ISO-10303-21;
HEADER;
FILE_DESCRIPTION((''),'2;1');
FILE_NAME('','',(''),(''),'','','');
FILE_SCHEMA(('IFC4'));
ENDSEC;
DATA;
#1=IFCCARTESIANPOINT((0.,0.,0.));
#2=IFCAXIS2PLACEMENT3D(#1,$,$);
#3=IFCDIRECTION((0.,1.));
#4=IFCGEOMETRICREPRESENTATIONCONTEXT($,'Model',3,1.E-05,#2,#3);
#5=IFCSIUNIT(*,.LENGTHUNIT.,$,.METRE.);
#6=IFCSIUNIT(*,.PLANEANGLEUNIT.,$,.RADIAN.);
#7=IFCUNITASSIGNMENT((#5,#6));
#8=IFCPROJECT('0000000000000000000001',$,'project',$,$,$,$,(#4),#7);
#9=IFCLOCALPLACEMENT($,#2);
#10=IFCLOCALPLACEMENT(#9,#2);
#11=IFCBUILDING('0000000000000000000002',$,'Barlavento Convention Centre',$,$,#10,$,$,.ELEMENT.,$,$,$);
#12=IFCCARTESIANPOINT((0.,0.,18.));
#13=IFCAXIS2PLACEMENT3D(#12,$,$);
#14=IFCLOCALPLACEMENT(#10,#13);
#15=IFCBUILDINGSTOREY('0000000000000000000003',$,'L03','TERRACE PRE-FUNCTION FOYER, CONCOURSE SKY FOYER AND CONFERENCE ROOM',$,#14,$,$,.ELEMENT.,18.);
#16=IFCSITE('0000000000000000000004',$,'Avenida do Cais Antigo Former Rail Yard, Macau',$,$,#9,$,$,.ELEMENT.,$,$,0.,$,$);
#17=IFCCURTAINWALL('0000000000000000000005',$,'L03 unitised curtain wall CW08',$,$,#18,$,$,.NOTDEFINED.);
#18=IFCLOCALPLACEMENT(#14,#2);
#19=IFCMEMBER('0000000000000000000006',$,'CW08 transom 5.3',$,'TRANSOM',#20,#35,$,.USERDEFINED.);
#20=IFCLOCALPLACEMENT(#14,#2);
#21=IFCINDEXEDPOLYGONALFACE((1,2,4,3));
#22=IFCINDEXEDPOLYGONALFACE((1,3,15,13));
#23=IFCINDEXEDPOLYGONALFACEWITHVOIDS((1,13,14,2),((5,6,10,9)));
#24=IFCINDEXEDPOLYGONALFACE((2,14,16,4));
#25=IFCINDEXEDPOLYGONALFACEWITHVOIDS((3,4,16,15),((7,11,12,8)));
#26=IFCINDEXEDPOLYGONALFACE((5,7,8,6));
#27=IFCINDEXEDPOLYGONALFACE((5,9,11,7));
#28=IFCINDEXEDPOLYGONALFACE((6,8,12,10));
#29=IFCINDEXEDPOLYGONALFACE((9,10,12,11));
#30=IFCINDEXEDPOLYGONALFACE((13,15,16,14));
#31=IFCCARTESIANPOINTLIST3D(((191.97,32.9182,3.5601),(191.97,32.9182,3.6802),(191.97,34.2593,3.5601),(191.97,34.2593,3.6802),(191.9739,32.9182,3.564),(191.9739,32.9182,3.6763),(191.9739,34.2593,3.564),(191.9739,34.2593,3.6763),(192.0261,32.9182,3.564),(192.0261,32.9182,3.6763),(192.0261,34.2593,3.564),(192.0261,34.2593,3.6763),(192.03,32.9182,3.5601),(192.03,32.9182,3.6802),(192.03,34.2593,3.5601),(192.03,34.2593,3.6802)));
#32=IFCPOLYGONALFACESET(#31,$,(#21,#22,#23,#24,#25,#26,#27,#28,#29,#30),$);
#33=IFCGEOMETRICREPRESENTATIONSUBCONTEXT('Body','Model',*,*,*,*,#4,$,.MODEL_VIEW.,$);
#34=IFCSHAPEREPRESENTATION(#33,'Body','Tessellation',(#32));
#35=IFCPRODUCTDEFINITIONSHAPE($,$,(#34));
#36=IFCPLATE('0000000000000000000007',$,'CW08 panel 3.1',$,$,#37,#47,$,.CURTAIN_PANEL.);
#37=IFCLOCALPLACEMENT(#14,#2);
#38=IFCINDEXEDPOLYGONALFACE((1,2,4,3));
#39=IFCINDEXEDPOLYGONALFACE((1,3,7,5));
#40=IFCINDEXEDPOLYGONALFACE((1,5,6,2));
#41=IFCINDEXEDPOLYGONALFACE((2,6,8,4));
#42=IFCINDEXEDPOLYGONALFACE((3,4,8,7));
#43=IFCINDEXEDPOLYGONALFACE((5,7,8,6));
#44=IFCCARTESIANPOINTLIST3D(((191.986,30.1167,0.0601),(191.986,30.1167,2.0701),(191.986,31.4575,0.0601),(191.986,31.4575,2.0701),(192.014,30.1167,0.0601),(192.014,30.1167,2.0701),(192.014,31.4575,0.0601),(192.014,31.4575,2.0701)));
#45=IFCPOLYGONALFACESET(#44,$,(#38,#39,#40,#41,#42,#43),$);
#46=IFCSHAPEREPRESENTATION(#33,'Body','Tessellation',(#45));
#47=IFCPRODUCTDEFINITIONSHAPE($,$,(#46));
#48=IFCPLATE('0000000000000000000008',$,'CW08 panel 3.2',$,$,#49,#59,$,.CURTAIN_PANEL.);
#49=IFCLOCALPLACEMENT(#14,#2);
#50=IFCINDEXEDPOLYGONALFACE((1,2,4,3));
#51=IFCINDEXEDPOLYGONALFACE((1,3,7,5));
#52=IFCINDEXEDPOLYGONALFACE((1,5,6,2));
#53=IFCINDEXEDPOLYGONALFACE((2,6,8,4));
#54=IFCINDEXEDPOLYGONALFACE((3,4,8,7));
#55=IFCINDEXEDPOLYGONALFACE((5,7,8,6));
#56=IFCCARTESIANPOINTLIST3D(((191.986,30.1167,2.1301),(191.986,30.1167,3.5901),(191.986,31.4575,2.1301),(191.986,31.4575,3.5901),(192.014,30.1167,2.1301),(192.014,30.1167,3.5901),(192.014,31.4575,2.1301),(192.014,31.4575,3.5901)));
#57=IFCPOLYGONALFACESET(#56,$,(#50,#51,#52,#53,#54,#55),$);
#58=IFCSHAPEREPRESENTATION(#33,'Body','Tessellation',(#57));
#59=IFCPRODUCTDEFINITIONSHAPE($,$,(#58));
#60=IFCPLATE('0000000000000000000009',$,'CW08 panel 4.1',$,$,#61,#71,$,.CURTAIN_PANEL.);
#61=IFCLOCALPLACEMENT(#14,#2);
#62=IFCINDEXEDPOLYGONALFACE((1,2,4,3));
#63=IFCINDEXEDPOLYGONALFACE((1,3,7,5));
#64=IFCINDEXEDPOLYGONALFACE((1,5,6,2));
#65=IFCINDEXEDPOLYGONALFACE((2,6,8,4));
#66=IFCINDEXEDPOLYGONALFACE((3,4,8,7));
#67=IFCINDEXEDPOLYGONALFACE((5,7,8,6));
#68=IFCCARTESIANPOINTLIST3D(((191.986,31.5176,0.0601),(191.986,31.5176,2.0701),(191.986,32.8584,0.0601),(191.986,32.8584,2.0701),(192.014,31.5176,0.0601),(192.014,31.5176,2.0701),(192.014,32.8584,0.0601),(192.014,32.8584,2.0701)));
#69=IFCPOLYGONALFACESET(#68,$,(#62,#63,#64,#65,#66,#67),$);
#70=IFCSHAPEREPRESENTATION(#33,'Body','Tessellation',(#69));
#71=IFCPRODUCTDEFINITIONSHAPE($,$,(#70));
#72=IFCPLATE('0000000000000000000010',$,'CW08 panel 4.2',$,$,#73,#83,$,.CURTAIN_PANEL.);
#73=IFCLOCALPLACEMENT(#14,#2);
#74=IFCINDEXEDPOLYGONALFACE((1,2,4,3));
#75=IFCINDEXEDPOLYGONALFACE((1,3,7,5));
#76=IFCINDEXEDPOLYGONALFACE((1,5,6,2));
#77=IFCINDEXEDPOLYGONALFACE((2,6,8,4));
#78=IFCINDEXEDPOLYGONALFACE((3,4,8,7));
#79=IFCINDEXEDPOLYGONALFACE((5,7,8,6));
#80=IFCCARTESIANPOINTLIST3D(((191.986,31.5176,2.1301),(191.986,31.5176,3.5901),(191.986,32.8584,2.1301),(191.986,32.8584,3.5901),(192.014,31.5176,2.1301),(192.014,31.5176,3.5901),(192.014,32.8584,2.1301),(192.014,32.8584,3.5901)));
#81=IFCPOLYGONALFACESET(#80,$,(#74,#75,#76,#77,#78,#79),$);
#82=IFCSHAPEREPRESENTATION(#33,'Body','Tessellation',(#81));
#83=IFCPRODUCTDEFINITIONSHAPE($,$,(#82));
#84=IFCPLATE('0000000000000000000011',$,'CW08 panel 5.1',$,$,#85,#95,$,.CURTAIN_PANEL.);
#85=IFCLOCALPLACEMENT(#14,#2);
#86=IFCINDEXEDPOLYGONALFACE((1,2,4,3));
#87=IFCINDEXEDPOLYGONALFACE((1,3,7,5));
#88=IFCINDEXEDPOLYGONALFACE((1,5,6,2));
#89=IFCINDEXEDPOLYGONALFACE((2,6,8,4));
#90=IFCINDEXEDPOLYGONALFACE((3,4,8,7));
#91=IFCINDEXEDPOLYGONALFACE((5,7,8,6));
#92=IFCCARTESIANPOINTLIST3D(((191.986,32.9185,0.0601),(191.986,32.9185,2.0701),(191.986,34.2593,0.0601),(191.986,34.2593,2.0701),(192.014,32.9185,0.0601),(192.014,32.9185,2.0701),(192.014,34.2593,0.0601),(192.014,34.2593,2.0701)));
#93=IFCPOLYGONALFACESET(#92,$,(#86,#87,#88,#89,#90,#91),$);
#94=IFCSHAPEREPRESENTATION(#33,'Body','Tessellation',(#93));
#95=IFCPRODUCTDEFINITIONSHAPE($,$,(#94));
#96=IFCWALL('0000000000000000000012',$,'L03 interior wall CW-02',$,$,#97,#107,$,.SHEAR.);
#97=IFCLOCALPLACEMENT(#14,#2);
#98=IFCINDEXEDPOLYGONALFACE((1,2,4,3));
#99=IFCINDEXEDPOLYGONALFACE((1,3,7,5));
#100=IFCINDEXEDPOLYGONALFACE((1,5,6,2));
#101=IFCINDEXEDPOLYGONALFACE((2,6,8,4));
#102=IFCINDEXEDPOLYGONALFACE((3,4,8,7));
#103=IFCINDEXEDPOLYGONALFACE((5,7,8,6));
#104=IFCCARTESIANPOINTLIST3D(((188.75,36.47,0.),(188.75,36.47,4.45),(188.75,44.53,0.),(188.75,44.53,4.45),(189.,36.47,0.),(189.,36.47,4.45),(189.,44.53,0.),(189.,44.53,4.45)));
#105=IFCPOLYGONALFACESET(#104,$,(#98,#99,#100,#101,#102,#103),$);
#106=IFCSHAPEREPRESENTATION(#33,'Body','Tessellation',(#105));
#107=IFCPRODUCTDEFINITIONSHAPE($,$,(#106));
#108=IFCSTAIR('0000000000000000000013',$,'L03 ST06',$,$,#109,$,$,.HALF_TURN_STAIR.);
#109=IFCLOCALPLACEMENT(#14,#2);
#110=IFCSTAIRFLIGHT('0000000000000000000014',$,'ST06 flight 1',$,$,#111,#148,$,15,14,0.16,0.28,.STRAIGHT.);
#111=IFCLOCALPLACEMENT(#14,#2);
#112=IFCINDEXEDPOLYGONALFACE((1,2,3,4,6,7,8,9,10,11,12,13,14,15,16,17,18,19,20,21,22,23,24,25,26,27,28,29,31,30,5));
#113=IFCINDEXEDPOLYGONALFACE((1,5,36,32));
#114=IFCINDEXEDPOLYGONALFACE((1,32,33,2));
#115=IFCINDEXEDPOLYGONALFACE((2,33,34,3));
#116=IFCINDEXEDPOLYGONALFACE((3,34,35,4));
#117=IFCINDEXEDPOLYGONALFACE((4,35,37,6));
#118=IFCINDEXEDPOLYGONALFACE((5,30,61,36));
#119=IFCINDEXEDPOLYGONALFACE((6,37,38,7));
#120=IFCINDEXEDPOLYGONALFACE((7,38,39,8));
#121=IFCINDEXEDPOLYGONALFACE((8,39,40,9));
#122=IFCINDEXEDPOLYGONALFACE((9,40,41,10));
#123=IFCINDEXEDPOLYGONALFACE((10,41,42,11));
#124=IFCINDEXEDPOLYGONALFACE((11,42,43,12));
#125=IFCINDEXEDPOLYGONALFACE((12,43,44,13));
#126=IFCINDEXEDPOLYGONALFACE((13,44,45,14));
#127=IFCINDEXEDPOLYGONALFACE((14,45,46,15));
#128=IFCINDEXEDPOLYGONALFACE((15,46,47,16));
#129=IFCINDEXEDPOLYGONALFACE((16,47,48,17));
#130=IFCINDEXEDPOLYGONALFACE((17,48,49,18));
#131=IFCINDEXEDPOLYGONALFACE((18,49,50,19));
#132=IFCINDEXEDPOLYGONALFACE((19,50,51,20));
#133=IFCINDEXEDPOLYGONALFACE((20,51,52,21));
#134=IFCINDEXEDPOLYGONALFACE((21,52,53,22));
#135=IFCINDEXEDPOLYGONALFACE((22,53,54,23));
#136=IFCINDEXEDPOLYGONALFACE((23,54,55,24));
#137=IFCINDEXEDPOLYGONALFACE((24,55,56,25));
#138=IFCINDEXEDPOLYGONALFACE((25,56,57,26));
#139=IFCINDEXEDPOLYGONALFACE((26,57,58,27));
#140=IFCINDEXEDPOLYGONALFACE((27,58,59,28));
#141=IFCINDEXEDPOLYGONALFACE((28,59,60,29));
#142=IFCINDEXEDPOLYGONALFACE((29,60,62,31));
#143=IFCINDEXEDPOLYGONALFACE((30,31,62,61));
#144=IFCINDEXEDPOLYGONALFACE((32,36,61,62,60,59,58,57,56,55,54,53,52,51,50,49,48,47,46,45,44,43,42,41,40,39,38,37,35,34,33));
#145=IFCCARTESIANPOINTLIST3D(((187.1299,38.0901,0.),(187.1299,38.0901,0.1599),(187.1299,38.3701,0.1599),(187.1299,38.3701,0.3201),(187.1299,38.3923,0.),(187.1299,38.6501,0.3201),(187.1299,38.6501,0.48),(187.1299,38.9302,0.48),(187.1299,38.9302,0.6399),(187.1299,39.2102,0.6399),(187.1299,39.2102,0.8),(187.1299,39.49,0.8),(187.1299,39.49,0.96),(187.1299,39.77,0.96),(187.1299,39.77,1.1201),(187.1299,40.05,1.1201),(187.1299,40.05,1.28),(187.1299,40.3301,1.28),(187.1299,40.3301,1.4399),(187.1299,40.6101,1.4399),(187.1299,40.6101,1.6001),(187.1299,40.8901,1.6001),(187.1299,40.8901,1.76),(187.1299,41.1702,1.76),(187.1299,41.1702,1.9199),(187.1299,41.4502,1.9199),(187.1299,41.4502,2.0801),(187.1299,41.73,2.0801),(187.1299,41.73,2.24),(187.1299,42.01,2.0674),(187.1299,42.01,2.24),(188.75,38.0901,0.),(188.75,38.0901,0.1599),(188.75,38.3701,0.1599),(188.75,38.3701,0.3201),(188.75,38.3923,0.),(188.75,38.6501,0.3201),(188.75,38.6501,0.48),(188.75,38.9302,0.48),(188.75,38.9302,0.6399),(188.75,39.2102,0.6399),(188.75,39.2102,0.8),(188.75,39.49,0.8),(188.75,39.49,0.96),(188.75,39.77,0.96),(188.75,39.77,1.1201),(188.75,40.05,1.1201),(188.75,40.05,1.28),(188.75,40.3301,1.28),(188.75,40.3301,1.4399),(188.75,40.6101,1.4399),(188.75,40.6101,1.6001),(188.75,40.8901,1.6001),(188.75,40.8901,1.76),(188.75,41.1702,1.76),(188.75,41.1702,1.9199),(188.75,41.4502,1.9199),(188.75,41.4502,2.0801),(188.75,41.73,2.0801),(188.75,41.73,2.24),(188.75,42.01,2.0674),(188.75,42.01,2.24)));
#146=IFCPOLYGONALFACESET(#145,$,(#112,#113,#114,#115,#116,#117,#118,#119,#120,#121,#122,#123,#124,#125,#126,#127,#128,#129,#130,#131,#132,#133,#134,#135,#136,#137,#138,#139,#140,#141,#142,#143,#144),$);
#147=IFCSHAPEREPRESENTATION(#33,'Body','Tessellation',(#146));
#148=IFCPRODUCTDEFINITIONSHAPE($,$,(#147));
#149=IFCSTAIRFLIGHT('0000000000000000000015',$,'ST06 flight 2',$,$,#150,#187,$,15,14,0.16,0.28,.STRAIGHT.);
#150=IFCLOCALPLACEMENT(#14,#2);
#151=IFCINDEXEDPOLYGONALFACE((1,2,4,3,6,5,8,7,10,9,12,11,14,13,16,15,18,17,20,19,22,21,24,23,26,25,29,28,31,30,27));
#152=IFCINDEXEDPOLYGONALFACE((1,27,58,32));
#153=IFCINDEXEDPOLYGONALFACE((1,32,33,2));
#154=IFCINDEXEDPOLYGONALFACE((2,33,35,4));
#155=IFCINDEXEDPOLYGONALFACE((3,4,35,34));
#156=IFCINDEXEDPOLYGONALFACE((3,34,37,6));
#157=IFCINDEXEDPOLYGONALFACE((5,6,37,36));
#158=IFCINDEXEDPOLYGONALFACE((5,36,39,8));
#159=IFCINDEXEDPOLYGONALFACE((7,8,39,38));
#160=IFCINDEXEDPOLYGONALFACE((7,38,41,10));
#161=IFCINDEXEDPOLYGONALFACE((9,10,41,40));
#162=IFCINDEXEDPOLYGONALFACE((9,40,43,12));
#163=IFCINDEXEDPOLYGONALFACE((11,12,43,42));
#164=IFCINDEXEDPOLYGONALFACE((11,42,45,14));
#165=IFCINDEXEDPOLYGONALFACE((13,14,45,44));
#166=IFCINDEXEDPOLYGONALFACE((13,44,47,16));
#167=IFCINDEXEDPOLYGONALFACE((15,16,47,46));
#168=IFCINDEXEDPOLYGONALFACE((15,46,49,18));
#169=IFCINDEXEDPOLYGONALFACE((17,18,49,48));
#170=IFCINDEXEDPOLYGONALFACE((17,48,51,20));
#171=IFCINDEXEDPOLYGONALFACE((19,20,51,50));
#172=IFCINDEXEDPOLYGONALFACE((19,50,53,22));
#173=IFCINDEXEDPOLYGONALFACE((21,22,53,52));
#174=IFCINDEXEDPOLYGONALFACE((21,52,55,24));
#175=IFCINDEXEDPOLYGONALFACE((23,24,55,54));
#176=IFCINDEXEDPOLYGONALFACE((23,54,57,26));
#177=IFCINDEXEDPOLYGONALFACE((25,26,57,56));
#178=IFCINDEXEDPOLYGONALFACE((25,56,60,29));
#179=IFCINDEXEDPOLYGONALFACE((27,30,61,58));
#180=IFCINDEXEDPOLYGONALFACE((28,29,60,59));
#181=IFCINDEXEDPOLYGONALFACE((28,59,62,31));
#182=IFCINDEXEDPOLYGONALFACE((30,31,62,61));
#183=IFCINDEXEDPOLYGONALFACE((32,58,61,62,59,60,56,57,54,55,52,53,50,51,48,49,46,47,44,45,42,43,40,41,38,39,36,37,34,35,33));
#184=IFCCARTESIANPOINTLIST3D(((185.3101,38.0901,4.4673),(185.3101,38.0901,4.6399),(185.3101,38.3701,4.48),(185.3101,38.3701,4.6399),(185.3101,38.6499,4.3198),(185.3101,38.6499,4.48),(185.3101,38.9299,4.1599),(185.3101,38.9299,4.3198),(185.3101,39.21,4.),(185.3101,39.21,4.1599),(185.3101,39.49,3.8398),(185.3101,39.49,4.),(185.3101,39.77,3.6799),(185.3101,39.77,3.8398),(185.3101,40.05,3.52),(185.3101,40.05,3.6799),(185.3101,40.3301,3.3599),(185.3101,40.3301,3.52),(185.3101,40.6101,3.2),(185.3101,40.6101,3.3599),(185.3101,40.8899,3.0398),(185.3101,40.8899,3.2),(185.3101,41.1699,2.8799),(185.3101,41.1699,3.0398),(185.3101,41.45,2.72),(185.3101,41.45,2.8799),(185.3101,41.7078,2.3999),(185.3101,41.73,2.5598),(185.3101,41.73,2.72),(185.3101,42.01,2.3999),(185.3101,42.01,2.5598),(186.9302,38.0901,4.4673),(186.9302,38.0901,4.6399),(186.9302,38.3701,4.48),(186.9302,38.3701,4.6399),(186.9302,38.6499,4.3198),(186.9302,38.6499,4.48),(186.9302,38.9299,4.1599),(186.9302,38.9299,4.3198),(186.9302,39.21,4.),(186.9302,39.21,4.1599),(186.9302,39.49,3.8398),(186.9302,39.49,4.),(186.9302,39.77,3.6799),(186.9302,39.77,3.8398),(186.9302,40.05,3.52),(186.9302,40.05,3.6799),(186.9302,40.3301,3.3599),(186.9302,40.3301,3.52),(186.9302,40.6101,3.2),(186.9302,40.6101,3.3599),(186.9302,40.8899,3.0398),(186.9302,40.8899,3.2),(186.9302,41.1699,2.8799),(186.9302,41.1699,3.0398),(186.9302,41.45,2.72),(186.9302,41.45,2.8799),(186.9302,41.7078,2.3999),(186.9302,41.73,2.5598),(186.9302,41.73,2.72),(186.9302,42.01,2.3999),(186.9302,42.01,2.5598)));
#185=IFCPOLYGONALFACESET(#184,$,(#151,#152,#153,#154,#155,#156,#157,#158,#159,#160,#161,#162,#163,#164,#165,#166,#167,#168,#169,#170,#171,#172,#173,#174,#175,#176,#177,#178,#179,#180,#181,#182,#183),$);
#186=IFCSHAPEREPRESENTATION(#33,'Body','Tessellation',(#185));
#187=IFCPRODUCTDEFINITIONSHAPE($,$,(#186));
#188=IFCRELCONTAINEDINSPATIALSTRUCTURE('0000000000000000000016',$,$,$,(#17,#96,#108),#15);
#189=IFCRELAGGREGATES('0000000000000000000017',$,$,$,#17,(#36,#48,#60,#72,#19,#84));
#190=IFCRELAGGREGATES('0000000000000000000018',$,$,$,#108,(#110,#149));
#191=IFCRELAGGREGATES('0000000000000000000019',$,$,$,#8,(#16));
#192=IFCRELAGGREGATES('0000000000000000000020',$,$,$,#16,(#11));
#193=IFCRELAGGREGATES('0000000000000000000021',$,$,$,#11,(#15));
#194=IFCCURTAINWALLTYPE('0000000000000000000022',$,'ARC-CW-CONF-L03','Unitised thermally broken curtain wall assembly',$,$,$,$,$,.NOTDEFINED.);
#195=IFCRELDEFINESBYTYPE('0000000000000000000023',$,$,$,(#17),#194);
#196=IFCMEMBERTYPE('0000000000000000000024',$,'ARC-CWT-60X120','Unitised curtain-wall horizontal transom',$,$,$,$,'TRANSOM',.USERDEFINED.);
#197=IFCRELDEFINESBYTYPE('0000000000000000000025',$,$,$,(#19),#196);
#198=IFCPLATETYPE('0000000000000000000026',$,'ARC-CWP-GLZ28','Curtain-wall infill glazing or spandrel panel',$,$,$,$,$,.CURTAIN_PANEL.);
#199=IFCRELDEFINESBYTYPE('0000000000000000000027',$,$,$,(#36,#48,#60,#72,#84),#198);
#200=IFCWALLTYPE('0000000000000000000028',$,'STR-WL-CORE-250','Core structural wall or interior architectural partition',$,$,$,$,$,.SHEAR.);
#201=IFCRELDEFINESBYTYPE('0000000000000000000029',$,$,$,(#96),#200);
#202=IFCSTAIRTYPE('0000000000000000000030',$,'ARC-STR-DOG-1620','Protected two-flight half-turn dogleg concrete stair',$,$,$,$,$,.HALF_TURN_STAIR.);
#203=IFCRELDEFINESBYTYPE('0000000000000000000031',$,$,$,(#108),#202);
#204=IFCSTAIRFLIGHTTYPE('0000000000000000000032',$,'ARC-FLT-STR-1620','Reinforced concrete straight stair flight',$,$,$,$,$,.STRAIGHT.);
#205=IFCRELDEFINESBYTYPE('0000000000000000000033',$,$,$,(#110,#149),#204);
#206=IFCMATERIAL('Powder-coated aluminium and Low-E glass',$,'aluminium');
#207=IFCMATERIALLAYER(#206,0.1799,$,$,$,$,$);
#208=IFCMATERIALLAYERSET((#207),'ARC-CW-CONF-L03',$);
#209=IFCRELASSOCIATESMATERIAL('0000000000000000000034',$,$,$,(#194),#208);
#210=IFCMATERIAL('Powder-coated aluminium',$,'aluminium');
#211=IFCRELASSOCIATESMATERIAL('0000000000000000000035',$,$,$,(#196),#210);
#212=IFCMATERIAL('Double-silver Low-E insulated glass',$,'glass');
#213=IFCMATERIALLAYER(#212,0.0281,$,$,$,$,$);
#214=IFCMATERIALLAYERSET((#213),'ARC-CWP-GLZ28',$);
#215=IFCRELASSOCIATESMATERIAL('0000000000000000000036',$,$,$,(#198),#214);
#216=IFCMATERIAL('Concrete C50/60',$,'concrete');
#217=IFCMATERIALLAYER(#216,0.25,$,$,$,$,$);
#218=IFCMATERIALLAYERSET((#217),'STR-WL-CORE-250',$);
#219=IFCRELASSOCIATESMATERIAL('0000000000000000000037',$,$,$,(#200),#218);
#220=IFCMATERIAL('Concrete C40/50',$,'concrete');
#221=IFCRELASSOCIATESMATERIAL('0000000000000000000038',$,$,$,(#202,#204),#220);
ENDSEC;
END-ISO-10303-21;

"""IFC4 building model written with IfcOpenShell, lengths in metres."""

from ifc_helpers import new_model, si_unit, direction, frame, frame_2d, origin, origin_2d, place, context, subcontext, project, spatial, polyline, rectangle, hollow_rectangle, outline, extrude, material, layer, layer_set, material_profile, profile_set, type_object, element, aggregate, save


model = new_model("IFC4")

# Units and contexts
model_context = context("Model", 3, precision=1e-05, world=origin(), true_north=direction((0.0, 1.0)))
body_context = subcontext(model_context, "Body", "Model", "MODEL_VIEW")
ifc_project = project(units=[si_unit("LENGTHUNIT", "METRE"), si_unit("PLANEANGLEUNIT", "RADIAN")], contexts=[model_context])

# Site, building, storey
site_placement = place(None, origin())
site = spatial("IfcSite", under=ifc_project, at=site_placement, Name="Avenida do Cais Antigo Former Rail Yard, Macau", CompositionType="ELEMENT", RefElevation=0.0)
building_placement = place(site_placement, origin())
building = spatial("IfcBuilding", under=site, at=building_placement, Name="Barlavento Convention Centre", CompositionType="ELEMENT")
storey_placement = place(building_placement, frame((0.0, 0.0, 18.0)))
storey = spatial("IfcBuildingStorey", under=building, at=storey_placement, Name="L03", Description="TERRACE PRE-FUNCTION FOYER, CONCOURSE SKY FOYER AND CONFERENCE ROOM", CompositionType="ELEMENT", Elevation=18.0)

# Curtain wall, member, plates
ifc_material_1 = material(Name="Powder-coated aluminium and Low-E glass", Category="aluminium")
ifc_layer_1 = layer(ifc_material_1, 0.1799)
ifc_layer_set_1 = layer_set([ifc_layer_1], Name="ARC-CW-CONF-L03")
curtain_wall_type = type_object("IfcCurtainWallType", Name="ARC-CW-CONF-L03", Description="Unitised thermally broken curtain wall assembly", PredefinedType="NOTDEFINED", material=ifc_layer_set_1)
curtain_wall_placement = place(storey_placement, origin())
curtain_wall = element("IfcCurtainWall", 1, at=curtain_wall_placement, inside=storey, type_object=curtain_wall_type, Name="L03 unitised curtain wall CW08", PredefinedType="NOTDEFINED")
ifc_material_2 = material(Name="Powder-coated aluminium", Category="aluminium")
ifc_material_profile_1 = material_profile(ifc_material_2, hollow_rectangle(XDim=0.0601, YDim=0.1201, WallThickness=0.0039, at=origin_2d()), Name="AL-TRAN 60x120x4")
ifc_profile_set_1 = profile_set([ifc_material_profile_1], Name="Powder-coated aluminium")
member_type_1 = type_object("IfcMemberType", Name="ARC-CWT-60X120", Description="Unitised curtain-wall horizontal transom", ElementType="TRANSOM", PredefinedType="USERDEFINED", material=ifc_profile_set_1)
member_1_placement = place(storey_placement, frame((192.0, 32.9182, 3.6201), z_axis=(0.0, 1.0, 0.0), x_axis=(-1.0, 0.0, 0.0)))
member_1 = element("IfcMember", 2, at=member_1_placement, type_object=member_type_1, Name="CW08 transom 5.3", ObjectType="TRANSOM", PredefinedType="USERDEFINED", context=body_context, shape_type="SweptSolid", body=[
    extrude(hollow_rectangle(XDim=0.0601, YDim=0.1201, WallThickness=0.0039, at=origin_2d()), origin(), (0.0, 0.0, 1.0), 1.3411),
])
ifc_material_3 = material(Name="Double-silver Low-E insulated glass", Category="glass")
ifc_layer_2 = layer(ifc_material_3, 0.0281)
ifc_layer_set_2 = layer_set([ifc_layer_2], Name="ARC-CWP-GLZ28")
plate_type = type_object("IfcPlateType", Name="ARC-CWP-GLZ28", Description="Curtain-wall infill glazing or spandrel panel", PredefinedType="CURTAIN_PANEL", material=ifc_layer_set_2)
plate_1_placement = place(storey_placement, frame((192.0, 30.7871, 0.0601), z_axis=(0.0, 0.0, 1.0), x_axis=(0.0, 1.0, 0.0)))
plate_1 = element("IfcPlate", 3, at=plate_1_placement, type_object=plate_type, Name="CW08 panel 3.1", PredefinedType="CURTAIN_PANEL", context=body_context, shape_type="SweptSolid", body=[
    extrude(rectangle(XDim=1.3408, YDim=0.0281, at=origin_2d()), origin(), (0.0, 0.0, 1.0), 2.01),
])
plate_2_placement = place(storey_placement, frame((192.0, 30.7871, 2.1301), z_axis=(0.0, 0.0, 1.0), x_axis=(0.0, 1.0, 0.0)))
plate_2 = element("IfcPlate", 4, at=plate_2_placement, type_object=plate_type, Name="CW08 panel 3.2", PredefinedType="CURTAIN_PANEL", context=body_context, shape_type="SweptSolid", body=[
    extrude(rectangle(XDim=1.3408, YDim=0.0281, at=origin_2d()), origin(), (0.0, 0.0, 1.0), 1.46),
])
plate_3_placement = place(storey_placement, frame((192.0, 32.188, 0.0601), z_axis=(0.0, 0.0, 1.0), x_axis=(0.0, 1.0, 0.0)))
plate_3 = element("IfcPlate", 5, at=plate_3_placement, type_object=plate_type, Name="CW08 panel 4.1", PredefinedType="CURTAIN_PANEL", context=body_context, shape_type="SweptSolid", body=[
    extrude(rectangle(XDim=1.3408, YDim=0.0281, at=origin_2d()), origin(), (0.0, 0.0, 1.0), 2.01),
])
plate_4_placement = place(storey_placement, frame((192.0, 32.188, 2.1301), z_axis=(0.0, 0.0, 1.0), x_axis=(0.0, 1.0, 0.0)))
plate_4 = element("IfcPlate", 6, at=plate_4_placement, type_object=plate_type, Name="CW08 panel 4.2", PredefinedType="CURTAIN_PANEL", context=body_context, shape_type="SweptSolid", body=[
    extrude(rectangle(XDim=1.3408, YDim=0.0281, at=origin_2d()), origin(), (0.0, 0.0, 1.0), 1.46),
])
plate_5_placement = place(storey_placement, frame((192.0, 33.5889, 0.0601), z_axis=(0.0, 0.0, 1.0), x_axis=(0.0, 1.0, 0.0)))
plate_5 = element("IfcPlate", 7, at=plate_5_placement, type_object=plate_type, Name="CW08 panel 5.1", PredefinedType="CURTAIN_PANEL", context=body_context, shape_type="SweptSolid", body=[
    extrude(rectangle(XDim=1.3408, YDim=0.0281, at=origin_2d()), origin(), (0.0, 0.0, 1.0), 2.01),
])
aggregate(curtain_wall, [plate_1, plate_2, plate_3, plate_4, member_1, plate_5])

# Wall
ifc_material_4 = material(Name="Concrete C50/60", Category="concrete")
ifc_layer_3 = layer(ifc_material_4, 0.25)
ifc_layer_set_3 = layer_set([ifc_layer_3], Name="STR-WL-CORE-250")
wall_type = type_object("IfcWallType", Name="STR-WL-CORE-250", Description="Core structural wall or interior architectural partition", PredefinedType="SHEAR", material=ifc_layer_set_3)
wall_placement = place(storey_placement, frame((188.875, 36.47, 0.0), z_axis=(0.0, 0.0, 1.0), x_axis=(0.0, 1.0, 0.0)))
element("IfcWall", 8, at=wall_placement, inside=storey, type_object=wall_type, Name="L03 interior wall CW-02", PredefinedType="SHEAR", context=body_context, shape_type="SweptSolid", body=[
    extrude(rectangle(XDim=8.0601, YDim=0.25, at=frame_2d((4.03, 0.0))), origin(), (0.0, 0.0, 1.0), 4.45),
])

# Stair, stair flights
ifc_material_5 = material(Name="Concrete C40/50", Category="concrete")
stair_type = type_object("IfcStairType", Name="ARC-STR-DOG-1620", Description="Protected two-flight half-turn dogleg concrete stair", PredefinedType="HALF_TURN_STAIR", material=ifc_material_5)
stair_placement = place(storey_placement, origin())
stair = element("IfcStair", 9, at=stair_placement, inside=storey, type_object=stair_type, Name="L03 ST06", PredefinedType="HALF_TURN_STAIR")
stair_flight_type = type_object("IfcStairFlightType", Name="ARC-FLT-STR-1620", Description="Reinforced concrete straight stair flight", PredefinedType="STRAIGHT", material=ifc_material_5)
stair_flight_1_placement = place(storey_placement, frame((187.9399, 38.0901, 0.0), z_axis=(0.0, 0.0, 1.0), x_axis=(0.0, 1.0, 0.0)))
stair_flight_1 = element("IfcStairFlight", 10, at=stair_flight_1_placement, type_object=stair_flight_type, Name="ST06 flight 1", NumberOfRisers=15, NumberOfTreads=14, PredefinedType="STRAIGHT", RiserHeight=0.16, TreadLength=0.28, context=body_context, shape_type="SweptSolid", body=[
    extrude(outline(polyline([(0.0, 0.0), (0.0, 0.1599), (0.28, 0.1599), (0.28, 0.3201), (0.5601, 0.3201), (0.5601, 0.48), (0.8401, 0.48), (0.8401, 0.6399), (1.1201, 0.6399), (1.1201, 0.8), (1.3999, 0.8), (1.3999, 0.96), (1.6799, 0.96), (1.6799, 1.1201), (1.96, 1.1201), (1.96, 1.28), (2.24, 1.28), (2.24, 1.4399), (2.52, 1.4399), (2.52, 1.6001), (2.8, 1.6001), (2.8, 1.76), (3.0801, 1.76), (3.0801, 1.9199), (3.3601, 1.9199), (3.3601, 2.0801), (3.6399, 2.0801), (3.6399, 2.24), (3.9199, 2.24), (3.9199, 2.3999), (3.9199, 2.0674), (0.3022, 0.0), (0.0, 0.0)])), frame((0.0, 0.8101, 0.0), z_axis=(0.0, -1.0, 0.0), x_axis=(1.0, 0.0, 0.0)), (0.0, 0.0, 1.0), 1.6201),
])
stair_flight_2_placement = place(storey_placement, frame((186.1201, 42.01, 2.3999), z_axis=(0.0, 0.0, 1.0), x_axis=(0.0, -1.0, 0.0)))
stair_flight_2 = element("IfcStairFlight", 11, at=stair_flight_2_placement, type_object=stair_flight_type, Name="ST06 flight 2", NumberOfRisers=15, NumberOfTreads=14, PredefinedType="STRAIGHT", RiserHeight=0.16, TreadLength=0.28, context=body_context, shape_type="SweptSolid", body=[
    extrude(outline(polyline([(0.0, 0.0), (0.0, 0.1599), (0.28, 0.1599), (0.28, 0.3201), (0.5601, 0.3201), (0.5601, 0.48), (0.8401, 0.48), (0.8401, 0.6399), (1.1201, 0.6399), (1.1201, 0.8), (1.3999, 0.8), (1.3999, 0.96), (1.6799, 0.96), (1.6799, 1.1201), (1.96, 1.1201), (1.96, 1.28), (2.24, 1.28), (2.24, 1.4399), (2.52, 1.4399), (2.52, 1.6001), (2.8, 1.6001), (2.8, 1.76), (3.0801, 1.76), (3.0801, 1.9199), (3.3601, 1.9199), (3.3601, 2.0801), (3.6399, 2.0801), (3.6399, 2.24), (3.9199, 2.24), (3.9199, 2.3999), (3.9199, 2.0674), (0.3022, 0.0), (0.0, 0.0)])), frame((0.0, 0.8101, 0.0), z_axis=(0.0, -1.0, 0.0), x_axis=(1.0, 0.0, 0.0)), (0.0, 0.0, 1.0), 1.6201),
])
aggregate(stair, [stair_flight_1, stair_flight_2])

save(model, "model.ifc")
